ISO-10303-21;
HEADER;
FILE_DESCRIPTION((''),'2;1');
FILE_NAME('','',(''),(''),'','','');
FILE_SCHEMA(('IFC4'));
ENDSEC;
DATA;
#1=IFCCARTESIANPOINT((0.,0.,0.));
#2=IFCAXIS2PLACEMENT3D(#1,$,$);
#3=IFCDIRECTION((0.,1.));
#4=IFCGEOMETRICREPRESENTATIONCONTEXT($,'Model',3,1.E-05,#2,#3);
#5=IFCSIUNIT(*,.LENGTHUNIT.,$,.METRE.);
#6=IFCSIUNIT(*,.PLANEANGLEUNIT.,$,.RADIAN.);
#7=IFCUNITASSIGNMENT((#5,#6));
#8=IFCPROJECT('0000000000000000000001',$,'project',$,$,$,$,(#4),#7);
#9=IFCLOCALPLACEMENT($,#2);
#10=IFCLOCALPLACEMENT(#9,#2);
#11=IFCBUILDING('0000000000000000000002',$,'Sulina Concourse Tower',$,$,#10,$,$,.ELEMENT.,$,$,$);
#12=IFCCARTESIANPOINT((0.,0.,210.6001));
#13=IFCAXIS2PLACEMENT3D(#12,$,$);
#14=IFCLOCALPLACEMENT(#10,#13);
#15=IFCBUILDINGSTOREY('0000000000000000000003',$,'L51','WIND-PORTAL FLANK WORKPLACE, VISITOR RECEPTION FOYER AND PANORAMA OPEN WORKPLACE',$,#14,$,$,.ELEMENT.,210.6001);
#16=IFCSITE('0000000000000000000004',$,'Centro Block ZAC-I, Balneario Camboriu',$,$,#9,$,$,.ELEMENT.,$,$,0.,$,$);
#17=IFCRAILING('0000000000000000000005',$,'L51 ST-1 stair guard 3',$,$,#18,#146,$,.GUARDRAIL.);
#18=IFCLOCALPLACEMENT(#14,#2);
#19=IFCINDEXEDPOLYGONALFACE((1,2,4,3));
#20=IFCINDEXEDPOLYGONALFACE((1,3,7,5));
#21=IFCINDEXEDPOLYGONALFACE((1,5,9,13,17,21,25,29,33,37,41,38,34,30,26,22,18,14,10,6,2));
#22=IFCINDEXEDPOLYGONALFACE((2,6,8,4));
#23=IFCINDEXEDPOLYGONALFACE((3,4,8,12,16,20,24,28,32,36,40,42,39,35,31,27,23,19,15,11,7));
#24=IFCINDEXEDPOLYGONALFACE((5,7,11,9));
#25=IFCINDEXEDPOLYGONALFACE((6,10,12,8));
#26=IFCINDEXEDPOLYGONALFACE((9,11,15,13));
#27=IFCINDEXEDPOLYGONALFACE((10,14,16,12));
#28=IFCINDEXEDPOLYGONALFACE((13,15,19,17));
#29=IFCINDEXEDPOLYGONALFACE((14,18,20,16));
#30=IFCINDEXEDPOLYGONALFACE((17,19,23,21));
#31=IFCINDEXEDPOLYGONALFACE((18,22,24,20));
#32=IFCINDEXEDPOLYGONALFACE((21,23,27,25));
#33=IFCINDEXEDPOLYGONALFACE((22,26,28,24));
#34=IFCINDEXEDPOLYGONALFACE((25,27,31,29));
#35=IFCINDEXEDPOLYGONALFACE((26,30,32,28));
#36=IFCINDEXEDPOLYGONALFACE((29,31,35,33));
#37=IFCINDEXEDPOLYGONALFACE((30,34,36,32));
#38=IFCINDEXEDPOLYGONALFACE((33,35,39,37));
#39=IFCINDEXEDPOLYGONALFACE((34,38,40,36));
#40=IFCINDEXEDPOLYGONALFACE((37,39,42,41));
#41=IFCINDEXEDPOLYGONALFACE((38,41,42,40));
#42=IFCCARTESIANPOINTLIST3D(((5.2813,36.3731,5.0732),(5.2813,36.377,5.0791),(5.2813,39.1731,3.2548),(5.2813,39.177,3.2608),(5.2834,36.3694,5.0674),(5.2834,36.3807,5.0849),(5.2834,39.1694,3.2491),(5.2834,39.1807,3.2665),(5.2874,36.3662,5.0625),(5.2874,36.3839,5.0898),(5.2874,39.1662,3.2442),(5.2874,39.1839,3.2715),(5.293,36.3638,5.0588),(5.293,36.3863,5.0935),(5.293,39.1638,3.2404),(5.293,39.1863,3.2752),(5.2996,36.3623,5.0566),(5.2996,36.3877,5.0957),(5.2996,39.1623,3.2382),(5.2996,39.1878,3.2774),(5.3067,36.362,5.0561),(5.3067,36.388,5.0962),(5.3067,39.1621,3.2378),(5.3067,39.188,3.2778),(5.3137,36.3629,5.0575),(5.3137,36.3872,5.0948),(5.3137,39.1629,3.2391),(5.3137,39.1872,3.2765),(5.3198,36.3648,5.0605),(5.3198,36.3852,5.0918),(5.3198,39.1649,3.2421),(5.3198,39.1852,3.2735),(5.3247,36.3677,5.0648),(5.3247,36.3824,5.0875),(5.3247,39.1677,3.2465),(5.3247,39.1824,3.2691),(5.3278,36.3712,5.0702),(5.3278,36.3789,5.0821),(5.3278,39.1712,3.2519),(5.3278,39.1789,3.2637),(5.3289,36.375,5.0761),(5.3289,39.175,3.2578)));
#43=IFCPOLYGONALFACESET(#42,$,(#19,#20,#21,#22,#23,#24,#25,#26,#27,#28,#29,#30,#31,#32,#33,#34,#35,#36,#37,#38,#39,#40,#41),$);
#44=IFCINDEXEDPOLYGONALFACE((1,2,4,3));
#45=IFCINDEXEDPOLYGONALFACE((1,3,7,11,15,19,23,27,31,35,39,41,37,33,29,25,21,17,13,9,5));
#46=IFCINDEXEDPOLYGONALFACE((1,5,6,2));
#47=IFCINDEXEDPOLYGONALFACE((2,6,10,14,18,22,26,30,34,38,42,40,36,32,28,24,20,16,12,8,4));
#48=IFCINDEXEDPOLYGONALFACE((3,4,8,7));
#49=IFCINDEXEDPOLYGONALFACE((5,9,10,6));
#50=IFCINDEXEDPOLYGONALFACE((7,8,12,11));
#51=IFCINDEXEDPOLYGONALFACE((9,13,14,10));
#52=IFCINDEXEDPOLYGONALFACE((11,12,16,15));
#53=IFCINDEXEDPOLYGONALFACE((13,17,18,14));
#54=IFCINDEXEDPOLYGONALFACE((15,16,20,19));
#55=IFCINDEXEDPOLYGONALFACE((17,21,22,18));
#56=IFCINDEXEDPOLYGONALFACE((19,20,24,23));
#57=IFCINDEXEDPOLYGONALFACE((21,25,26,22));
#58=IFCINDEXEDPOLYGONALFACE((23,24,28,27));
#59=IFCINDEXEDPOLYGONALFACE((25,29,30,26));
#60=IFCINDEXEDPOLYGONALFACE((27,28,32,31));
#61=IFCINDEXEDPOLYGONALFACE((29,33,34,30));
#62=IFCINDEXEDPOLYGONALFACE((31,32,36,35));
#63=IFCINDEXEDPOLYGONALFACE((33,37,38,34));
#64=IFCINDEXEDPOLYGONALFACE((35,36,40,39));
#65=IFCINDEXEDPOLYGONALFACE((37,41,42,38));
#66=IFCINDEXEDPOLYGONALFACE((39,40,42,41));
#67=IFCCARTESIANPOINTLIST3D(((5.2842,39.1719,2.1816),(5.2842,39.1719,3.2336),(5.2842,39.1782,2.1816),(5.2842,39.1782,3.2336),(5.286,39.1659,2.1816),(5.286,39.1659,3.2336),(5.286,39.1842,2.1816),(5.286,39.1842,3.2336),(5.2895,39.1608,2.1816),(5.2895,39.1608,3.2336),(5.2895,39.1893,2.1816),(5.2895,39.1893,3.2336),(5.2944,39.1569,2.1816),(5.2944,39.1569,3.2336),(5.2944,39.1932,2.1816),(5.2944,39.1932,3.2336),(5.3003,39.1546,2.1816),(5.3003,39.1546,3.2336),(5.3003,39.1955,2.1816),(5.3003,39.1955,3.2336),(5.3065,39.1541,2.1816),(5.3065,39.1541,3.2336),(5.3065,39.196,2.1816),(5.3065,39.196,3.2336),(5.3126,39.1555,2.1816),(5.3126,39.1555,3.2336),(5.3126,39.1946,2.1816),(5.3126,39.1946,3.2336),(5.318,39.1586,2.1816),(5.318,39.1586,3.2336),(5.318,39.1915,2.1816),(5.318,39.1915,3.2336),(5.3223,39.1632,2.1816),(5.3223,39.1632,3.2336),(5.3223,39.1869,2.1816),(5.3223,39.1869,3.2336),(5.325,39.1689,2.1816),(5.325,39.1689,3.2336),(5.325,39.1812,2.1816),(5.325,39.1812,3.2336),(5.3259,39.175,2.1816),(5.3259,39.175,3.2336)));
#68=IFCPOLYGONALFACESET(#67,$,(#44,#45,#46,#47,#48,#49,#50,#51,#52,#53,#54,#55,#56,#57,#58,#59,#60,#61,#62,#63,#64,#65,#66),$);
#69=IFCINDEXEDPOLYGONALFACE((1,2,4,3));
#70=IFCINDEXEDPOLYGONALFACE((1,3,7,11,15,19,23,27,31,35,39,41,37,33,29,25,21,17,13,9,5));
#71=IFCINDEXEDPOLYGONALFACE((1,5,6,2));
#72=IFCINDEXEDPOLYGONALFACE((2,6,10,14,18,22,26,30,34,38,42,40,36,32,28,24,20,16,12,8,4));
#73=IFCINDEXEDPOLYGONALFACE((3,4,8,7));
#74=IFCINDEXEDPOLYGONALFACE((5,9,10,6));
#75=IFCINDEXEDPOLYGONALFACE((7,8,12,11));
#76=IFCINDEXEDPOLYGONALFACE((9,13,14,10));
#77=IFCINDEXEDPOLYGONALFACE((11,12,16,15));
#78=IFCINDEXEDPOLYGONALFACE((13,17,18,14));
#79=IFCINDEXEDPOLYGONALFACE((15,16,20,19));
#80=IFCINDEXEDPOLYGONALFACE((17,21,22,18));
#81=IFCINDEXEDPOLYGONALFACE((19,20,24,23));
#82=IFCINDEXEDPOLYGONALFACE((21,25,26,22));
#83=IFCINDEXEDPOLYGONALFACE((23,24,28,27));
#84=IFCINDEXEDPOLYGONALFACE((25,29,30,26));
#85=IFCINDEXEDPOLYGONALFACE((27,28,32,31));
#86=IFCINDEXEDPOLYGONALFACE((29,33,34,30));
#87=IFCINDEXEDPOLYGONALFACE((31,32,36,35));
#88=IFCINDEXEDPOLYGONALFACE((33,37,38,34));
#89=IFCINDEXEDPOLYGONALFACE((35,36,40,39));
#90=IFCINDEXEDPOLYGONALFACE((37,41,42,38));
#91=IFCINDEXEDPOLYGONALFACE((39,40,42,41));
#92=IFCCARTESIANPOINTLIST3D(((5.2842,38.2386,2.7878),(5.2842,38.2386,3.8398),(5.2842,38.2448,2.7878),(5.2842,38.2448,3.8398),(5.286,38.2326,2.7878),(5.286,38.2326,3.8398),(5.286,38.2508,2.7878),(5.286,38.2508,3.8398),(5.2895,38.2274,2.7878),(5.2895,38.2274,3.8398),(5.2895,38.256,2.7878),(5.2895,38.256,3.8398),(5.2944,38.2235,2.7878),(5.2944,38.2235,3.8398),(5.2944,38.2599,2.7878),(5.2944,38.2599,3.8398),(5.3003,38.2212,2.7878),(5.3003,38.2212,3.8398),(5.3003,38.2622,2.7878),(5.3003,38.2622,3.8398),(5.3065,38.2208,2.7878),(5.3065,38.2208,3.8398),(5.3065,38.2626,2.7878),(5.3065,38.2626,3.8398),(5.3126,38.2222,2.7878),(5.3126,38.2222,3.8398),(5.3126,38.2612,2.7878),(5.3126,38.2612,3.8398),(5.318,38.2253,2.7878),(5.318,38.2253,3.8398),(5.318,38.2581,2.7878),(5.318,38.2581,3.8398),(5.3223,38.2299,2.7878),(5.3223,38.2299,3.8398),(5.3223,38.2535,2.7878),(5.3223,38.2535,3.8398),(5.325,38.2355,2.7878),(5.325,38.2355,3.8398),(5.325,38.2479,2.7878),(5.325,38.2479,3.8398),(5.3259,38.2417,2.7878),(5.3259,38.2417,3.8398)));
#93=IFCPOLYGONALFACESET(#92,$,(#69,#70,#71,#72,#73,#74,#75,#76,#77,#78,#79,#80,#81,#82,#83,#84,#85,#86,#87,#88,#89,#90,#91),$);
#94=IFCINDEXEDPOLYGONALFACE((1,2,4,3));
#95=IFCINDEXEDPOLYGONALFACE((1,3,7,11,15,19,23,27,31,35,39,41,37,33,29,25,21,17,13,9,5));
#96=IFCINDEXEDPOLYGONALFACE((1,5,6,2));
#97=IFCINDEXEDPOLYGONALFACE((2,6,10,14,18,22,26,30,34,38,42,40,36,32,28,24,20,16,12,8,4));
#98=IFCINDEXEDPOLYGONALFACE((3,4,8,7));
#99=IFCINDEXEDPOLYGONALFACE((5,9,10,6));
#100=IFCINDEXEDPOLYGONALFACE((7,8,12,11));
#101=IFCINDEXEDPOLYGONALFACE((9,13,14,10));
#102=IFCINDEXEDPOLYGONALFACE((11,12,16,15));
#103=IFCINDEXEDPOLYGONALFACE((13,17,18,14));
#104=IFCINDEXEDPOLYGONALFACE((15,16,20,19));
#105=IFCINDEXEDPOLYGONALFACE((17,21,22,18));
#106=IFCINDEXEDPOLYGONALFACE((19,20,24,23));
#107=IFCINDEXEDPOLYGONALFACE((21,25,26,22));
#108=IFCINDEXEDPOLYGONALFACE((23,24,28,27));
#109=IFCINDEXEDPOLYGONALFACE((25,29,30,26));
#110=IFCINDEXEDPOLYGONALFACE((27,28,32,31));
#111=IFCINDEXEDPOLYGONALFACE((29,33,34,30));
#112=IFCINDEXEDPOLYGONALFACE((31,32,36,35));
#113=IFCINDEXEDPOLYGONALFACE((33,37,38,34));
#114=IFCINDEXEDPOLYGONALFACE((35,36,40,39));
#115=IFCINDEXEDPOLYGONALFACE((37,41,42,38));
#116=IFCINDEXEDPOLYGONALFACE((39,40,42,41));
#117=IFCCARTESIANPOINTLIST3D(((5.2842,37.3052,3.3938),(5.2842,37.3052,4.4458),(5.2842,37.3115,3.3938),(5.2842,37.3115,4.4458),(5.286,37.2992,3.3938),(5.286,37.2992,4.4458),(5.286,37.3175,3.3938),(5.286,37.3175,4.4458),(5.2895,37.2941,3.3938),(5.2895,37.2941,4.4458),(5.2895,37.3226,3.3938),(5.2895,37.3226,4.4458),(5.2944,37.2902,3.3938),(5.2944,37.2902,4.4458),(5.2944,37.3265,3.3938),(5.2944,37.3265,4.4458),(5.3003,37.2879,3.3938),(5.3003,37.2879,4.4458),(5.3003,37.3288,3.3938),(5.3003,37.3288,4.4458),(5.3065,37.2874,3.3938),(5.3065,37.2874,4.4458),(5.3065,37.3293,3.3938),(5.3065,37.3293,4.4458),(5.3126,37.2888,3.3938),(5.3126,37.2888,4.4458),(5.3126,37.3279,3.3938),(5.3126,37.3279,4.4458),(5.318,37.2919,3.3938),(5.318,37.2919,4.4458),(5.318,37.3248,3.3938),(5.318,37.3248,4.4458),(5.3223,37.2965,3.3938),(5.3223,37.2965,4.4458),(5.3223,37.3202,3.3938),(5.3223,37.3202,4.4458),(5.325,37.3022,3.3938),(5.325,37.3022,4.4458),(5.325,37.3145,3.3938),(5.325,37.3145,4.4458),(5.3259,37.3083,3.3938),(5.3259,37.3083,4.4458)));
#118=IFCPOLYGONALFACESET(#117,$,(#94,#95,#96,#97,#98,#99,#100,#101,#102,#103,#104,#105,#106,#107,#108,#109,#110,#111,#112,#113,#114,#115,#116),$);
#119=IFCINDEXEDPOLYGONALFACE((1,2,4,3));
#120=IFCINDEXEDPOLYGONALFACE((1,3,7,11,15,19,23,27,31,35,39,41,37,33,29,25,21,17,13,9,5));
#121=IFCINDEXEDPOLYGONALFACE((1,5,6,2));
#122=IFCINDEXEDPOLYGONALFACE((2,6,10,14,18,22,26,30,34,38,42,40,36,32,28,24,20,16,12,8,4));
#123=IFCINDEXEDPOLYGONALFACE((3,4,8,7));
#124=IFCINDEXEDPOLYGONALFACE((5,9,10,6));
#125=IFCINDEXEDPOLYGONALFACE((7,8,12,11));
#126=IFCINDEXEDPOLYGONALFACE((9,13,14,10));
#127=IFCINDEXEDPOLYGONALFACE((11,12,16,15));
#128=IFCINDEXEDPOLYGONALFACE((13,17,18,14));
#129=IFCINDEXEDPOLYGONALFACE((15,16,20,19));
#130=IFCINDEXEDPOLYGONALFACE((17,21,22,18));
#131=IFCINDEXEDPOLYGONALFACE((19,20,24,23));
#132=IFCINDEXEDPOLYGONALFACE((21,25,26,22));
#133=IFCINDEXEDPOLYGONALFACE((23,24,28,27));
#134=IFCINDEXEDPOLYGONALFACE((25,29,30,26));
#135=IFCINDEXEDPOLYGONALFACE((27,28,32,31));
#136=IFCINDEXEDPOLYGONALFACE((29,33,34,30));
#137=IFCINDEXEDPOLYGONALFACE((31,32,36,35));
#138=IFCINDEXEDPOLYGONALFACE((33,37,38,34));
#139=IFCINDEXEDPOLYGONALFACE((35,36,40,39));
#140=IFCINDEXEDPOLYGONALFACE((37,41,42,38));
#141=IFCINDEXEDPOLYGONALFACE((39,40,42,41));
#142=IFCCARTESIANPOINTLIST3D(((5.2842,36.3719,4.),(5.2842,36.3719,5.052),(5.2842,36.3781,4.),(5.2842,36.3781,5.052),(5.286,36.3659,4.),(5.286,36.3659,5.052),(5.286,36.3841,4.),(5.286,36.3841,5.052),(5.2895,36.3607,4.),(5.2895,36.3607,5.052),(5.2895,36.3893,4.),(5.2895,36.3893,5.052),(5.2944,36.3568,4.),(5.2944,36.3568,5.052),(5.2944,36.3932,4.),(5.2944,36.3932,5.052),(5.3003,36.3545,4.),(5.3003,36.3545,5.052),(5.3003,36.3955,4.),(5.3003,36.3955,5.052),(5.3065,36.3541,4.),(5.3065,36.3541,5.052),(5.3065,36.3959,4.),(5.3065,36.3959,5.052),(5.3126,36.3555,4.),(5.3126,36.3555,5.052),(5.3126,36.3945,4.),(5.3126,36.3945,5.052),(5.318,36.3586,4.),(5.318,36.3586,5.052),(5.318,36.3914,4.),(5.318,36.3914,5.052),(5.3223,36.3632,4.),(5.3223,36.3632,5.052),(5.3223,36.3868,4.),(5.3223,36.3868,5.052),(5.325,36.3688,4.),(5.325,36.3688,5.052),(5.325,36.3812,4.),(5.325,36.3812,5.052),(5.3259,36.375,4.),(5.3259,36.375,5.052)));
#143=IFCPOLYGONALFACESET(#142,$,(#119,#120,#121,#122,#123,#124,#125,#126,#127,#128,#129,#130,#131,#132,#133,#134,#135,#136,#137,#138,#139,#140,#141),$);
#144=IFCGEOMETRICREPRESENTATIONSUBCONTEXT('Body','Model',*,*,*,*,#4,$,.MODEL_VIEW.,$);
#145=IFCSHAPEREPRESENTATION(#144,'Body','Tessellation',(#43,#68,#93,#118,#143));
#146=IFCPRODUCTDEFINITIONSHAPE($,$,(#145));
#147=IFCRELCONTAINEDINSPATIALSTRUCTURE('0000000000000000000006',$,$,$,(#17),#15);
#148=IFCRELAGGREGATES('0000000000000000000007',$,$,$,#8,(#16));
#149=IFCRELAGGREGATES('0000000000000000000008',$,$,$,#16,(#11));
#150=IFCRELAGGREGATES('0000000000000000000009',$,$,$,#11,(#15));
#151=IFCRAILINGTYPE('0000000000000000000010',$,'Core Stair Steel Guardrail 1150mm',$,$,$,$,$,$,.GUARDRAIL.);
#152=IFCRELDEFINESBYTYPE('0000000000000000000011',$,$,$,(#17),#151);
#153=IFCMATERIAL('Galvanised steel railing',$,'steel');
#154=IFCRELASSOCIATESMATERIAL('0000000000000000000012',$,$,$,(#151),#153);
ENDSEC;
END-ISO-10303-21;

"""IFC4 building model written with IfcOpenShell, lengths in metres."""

from ifc_helpers import new_model, si_unit, direction, frame, origin, origin_2d, place, context, subcontext, project, spatial, circle, extrude, material, type_object, element, save


model = new_model("IFC4")

# Units and contexts
model_context = context("Model", 3, precision=1e-05, world=origin(), true_north=direction((0.0, 1.0)))
body_context = subcontext(model_context, "Body", "Model", "MODEL_VIEW")
ifc_project = project(units=[si_unit("LENGTHUNIT", "METRE"), si_unit("PLANEANGLEUNIT", "RADIAN")], contexts=[model_context])

# Site, building, storey
site_placement = place(None, origin())
site = spatial("IfcSite", under=ifc_project, at=site_placement, Name="Centro Block ZAC-I, Balneario Camboriu", CompositionType="ELEMENT", RefElevation=0.0)
building_placement = place(site_placement, origin())
building = spatial("IfcBuilding", under=site, at=building_placement, Name="Sulina Concourse Tower", CompositionType="ELEMENT")
storey_placement = place(building_placement, frame((0.0, 0.0, 210.6001)))
storey = spatial("IfcBuildingStorey", under=building, at=storey_placement, Name="L51", Description="WIND-PORTAL FLANK WORKPLACE, VISITOR RECEPTION FOYER AND PANORAMA OPEN WORKPLACE", CompositionType="ELEMENT", Elevation=210.6001)

# Railing
ifc_material_1 = material(Name="Galvanised steel railing", Category="steel")
railing_type_1 = type_object("IfcRailingType", Name="Core Stair Steel Guardrail 1150mm", PredefinedType="GUARDRAIL", material=ifc_material_1)
railing_1_placement = place(storey_placement, frame((5.3049, 39.175, 2.1816)))
element("IfcRailing", 1, at=railing_1_placement, inside=storey, type_object=railing_type_1, Name="L51 ST-1 stair guard 3", PredefinedType="GUARDRAIL", context=body_context, shape_type="SweptSolid", body=[
    extrude(circle(Radius=0.0239, at=origin_2d()), frame((0.0, 0.0, 1.0762), z_axis=(0.0, -0.838672, 0.544636), x_axis=(1.0, 0.0, 0.0)), (0.0, 0.0, 1.0), 3.3386),
    extrude(circle(Radius=0.021, at=origin_2d()), origin(), (0.0, 0.0, 1.0), 1.052),
    extrude(circle(Radius=0.021, at=origin_2d()), frame((0.0, -0.9333, 0.6062)), (0.0, 0.0, 1.0), 1.052),
    extrude(circle(Radius=0.021, at=origin_2d()), frame((0.0, -1.8667, 1.2122)), (0.0, 0.0, 1.0), 1.052),
    extrude(circle(Radius=0.021, at=origin_2d()), frame((0.0, -2.8, 1.8184)), (0.0, 0.0, 1.0), 1.052),
])

save(model, "model.ifc")
